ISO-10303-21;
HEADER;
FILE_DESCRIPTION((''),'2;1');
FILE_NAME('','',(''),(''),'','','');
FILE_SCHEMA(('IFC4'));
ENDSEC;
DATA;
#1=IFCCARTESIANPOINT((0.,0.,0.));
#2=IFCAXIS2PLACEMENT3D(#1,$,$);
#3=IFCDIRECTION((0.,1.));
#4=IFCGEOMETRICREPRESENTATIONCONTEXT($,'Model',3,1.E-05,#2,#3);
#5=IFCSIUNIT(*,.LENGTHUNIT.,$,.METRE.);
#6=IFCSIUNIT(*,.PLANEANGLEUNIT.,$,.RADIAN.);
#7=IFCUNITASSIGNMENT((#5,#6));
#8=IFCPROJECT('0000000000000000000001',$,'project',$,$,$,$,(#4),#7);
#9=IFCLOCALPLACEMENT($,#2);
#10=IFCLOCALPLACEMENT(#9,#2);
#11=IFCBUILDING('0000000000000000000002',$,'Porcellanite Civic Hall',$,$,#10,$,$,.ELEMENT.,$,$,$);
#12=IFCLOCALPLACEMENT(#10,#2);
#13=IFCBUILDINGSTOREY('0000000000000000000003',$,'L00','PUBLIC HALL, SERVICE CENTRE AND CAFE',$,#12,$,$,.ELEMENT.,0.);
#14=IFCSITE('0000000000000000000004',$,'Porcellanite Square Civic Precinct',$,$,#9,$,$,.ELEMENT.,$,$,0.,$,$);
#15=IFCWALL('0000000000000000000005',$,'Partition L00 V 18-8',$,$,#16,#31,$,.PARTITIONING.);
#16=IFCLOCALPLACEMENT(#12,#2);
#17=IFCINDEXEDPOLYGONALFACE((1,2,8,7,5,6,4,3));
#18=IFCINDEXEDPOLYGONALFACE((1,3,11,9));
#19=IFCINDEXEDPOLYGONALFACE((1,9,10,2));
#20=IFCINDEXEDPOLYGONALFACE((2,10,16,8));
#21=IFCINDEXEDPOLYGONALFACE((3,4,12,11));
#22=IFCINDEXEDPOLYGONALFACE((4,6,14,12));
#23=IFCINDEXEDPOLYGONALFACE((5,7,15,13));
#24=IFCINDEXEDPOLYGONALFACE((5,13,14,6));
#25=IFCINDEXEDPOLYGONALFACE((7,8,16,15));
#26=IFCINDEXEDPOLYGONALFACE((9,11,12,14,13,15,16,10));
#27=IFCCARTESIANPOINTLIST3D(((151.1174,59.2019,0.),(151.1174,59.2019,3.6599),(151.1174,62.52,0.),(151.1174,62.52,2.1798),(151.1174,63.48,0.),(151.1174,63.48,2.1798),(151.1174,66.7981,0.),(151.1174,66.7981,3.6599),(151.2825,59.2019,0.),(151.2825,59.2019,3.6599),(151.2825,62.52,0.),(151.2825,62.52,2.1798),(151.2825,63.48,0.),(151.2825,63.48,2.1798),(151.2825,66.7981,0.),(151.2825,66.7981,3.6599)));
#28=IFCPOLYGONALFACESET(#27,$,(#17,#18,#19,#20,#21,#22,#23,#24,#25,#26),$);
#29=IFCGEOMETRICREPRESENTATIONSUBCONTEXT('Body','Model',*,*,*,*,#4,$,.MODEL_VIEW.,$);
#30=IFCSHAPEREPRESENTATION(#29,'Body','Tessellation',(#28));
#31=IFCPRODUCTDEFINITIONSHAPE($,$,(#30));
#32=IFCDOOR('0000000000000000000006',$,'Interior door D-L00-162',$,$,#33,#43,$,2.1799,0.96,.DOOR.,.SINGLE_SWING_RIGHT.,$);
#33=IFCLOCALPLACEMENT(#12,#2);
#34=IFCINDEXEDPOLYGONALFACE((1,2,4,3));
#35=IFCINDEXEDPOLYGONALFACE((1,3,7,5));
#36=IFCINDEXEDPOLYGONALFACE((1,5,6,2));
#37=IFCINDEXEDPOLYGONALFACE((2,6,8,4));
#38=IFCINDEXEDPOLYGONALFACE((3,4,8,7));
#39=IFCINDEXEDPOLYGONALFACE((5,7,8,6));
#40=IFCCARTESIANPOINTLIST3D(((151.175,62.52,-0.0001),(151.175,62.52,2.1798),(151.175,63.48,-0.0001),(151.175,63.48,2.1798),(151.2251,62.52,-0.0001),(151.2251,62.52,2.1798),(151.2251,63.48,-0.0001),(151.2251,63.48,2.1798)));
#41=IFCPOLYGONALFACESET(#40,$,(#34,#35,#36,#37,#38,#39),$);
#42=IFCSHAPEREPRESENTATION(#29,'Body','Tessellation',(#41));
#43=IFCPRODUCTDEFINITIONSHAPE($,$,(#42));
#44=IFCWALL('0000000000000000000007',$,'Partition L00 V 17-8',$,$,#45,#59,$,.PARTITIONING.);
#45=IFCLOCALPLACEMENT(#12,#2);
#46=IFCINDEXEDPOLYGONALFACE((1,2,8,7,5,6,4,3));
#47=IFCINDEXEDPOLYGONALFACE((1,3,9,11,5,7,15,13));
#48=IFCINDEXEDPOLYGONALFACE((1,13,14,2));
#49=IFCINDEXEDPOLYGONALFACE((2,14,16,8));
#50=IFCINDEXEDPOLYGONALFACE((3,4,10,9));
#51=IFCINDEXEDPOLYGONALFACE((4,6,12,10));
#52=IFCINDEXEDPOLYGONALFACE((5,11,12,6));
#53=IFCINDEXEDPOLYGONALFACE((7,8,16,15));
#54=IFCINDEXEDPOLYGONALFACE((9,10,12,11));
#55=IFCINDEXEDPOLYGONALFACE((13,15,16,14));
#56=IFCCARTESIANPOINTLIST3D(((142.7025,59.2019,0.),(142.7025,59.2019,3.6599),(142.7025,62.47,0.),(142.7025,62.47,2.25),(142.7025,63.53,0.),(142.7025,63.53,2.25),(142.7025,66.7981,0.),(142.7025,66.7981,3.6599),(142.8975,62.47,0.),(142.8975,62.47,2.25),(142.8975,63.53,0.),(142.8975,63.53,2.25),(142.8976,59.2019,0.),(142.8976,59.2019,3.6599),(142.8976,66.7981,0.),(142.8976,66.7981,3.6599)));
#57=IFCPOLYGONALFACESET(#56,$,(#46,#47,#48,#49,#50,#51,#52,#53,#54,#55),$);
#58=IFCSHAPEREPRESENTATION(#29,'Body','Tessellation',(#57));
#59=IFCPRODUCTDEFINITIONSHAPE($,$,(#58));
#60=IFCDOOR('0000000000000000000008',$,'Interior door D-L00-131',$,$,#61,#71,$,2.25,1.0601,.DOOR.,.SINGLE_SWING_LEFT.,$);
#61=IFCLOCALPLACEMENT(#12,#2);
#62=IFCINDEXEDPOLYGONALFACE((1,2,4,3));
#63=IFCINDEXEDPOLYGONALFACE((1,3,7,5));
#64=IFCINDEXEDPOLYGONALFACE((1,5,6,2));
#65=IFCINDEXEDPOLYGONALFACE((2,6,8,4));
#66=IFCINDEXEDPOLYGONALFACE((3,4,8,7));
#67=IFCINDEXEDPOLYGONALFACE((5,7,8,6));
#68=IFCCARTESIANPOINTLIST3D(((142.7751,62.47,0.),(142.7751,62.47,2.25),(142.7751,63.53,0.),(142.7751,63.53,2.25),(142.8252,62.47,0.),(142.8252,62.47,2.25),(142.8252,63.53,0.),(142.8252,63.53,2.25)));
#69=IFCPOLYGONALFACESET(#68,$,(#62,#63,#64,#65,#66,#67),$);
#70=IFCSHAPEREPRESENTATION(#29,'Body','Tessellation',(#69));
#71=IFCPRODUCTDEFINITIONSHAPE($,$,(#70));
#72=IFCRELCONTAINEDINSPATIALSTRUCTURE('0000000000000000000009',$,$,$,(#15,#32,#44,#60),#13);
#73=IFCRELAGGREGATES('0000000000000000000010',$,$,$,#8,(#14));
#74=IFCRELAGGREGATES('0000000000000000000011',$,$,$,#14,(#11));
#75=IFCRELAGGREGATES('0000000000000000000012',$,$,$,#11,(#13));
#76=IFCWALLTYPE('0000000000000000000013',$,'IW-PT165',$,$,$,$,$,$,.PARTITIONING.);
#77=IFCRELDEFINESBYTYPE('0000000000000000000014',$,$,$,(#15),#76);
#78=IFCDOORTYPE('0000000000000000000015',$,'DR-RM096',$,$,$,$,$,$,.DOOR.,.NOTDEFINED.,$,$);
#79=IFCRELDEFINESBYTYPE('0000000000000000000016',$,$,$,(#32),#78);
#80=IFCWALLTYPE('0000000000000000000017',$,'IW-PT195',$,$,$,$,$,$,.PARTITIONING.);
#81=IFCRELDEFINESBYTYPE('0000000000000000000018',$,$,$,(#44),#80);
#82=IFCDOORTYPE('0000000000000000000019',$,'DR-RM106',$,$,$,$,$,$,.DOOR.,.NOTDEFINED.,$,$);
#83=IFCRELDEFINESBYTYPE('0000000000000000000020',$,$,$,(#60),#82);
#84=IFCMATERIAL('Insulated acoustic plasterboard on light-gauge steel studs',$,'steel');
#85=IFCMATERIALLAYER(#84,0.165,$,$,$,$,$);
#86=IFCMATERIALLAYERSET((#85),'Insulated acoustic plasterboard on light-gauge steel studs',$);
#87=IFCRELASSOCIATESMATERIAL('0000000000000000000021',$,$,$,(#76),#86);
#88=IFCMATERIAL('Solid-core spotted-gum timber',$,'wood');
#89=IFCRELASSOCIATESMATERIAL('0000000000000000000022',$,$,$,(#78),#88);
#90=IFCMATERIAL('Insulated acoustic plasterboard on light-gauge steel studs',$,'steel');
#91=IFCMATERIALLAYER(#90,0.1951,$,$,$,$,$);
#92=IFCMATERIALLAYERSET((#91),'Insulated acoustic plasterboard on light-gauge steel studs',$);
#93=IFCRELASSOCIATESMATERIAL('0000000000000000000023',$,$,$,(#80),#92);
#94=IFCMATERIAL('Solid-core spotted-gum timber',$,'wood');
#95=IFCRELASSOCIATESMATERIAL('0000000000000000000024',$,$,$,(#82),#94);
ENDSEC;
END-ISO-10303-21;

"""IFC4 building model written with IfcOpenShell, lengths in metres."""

from ifc_helpers import new_model, si_unit, direction, frame, frame_2d, origin, place, context, subcontext, project, spatial, rectangle, extrude, material, layer, layer_set, type_object, element, fill, save


model = new_model("IFC4")

# Units and contexts
model_context = context("Model", 3, precision=1e-05, world=origin(), true_north=direction((0.0, 1.0)))
body_context = subcontext(model_context, "Body", "Model", "MODEL_VIEW")
ifc_project = project(units=[si_unit("LENGTHUNIT", "METRE"), si_unit("PLANEANGLEUNIT", "RADIAN")], contexts=[model_context])

# Site, building, storey
site_placement = place(None, origin())
site = spatial("IfcSite", under=ifc_project, at=site_placement, Name="Porcellanite Square Civic Precinct", CompositionType="ELEMENT", RefElevation=0.0)
building_placement = place(site_placement, origin())
building = spatial("IfcBuilding", under=site, at=building_placement, Name="Porcellanite Civic Hall", CompositionType="ELEMENT")
storey_placement = place(building_placement, origin())
storey = spatial("IfcBuildingStorey", under=building, at=storey_placement, Name="L00", Description="PUBLIC HALL, SERVICE CENTRE AND CAFE", CompositionType="ELEMENT", Elevation=0.0)

# Walls, openings, doors
ifc_material_1 = material(Name="Insulated acoustic plasterboard on light-gauge steel studs", Category="steel")
ifc_layer_1 = layer(ifc_material_1, 0.165)
ifc_layer_set_1 = layer_set([ifc_layer_1], Name="Insulated acoustic plasterboard on light-gauge steel studs")
wall_type_1 = type_object("IfcWallType", Name="IW-PT165", PredefinedType="PARTITIONING", material=ifc_layer_set_1)
wall_1_placement = place(storey_placement, frame((151.2, 59.2019, 0.0), z_axis=(0.0, 0.0, 1.0), x_axis=(0.0, 1.0, 0.0)))
wall_1 = element("IfcWall", 1, at=wall_1_placement, inside=storey, type_object=wall_type_1, Name="Partition L00 V 18-8", PredefinedType="PARTITIONING", context=body_context, shape_type="SweptSolid", body=[
    extrude(rectangle(XDim=7.5962, YDim=0.165, at=frame_2d((3.7981, 0.0))), origin(), (0.0, 0.0, 1.0), 3.6599),
])
opening_1_placement = place(wall_1_placement, frame((3.3181, 0.0, 0.0)))
opening_1 = element("IfcOpeningElement", 2, at=opening_1_placement, cuts=wall_1, PredefinedType="OPENING", context=body_context, shape_type="SweptSolid", body=[
    extrude(rectangle(XDim=0.96, YDim=2.1799, at=frame_2d((0.48, 1.0898))), frame((0.0, 0.0825, 0.0), z_axis=(0.0, -1.0, 0.0), x_axis=(1.0, 0.0, 0.0)), (0.0, 0.0, 1.0), 0.165),
])
ifc_material_2 = material(Name="Solid-core spotted-gum timber", Category="wood")
door_type_1 = type_object("IfcDoorType", Name="DR-RM096", OperationType="NOTDEFINED", PredefinedType="DOOR", material=ifc_material_2)
door_1_placement = place(opening_1_placement, origin())
door_1 = element("IfcDoor", 3, at=door_1_placement, inside=storey, type_object=door_type_1, Name="Interior door D-L00-162", OperationType="SINGLE_SWING_RIGHT", OverallHeight=2.1799, OverallWidth=0.96, PredefinedType="DOOR", context=body_context, shape_type="SweptSolid", body=[
    extrude(rectangle(XDim=0.96, YDim=2.1799, at=frame_2d((0.48, 1.0898))), frame((0.0, 0.0249, 0.0), z_axis=(0.0, -1.0, 0.0), x_axis=(1.0, 0.0, 0.0)), (0.0, 0.0, 1.0), 0.05),
])
fill(opening_1, door_1)
ifc_material_3 = material(Name="Insulated acoustic plasterboard on light-gauge steel studs", Category="steel")
ifc_layer_2 = layer(ifc_material_3, 0.1951)
ifc_layer_set_2 = layer_set([ifc_layer_2], Name="Insulated acoustic plasterboard on light-gauge steel studs")
wall_type_2 = type_object("IfcWallType", Name="IW-PT195", PredefinedType="PARTITIONING", material=ifc_layer_set_2)
wall_2_placement = place(storey_placement, frame((142.8, 59.2019, 0.0), z_axis=(0.0, 0.0, 1.0), x_axis=(0.0, 1.0, 0.0)))
wall_2 = element("IfcWall", 4, at=wall_2_placement, inside=storey, type_object=wall_type_2, Name="Partition L00 V 17-8", PredefinedType="PARTITIONING", context=body_context, shape_type="SweptSolid", body=[
    extrude(rectangle(XDim=7.5962, YDim=0.1951, at=frame_2d((3.7981, 0.0))), origin(), (0.0, 0.0, 1.0), 3.6599),
])
opening_2_placement = place(wall_2_placement, frame((3.2681, 0.0, 0.0)))
opening_2 = element("IfcOpeningElement", 5, at=opening_2_placement, cuts=wall_2, PredefinedType="OPENING", context=body_context, shape_type="SweptSolid", body=[
    extrude(rectangle(XDim=1.0601, YDim=2.25, at=frame_2d((0.53, 1.125))), frame((0.0, 0.0977, 0.0), z_axis=(0.0, -1.0, 0.0), x_axis=(1.0, 0.0, 0.0)), (0.0, 0.0, 1.0), 0.1951),
])
ifc_material_4 = material(Name="Solid-core spotted-gum timber", Category="wood")
door_type_2 = type_object("IfcDoorType", Name="DR-RM106", OperationType="NOTDEFINED", PredefinedType="DOOR", material=ifc_material_4)
door_2_placement = place(opening_2_placement, origin())
door_2 = element("IfcDoor", 6, at=door_2_placement, inside=storey, type_object=door_type_2, Name="Interior door D-L00-131", OperationType="SINGLE_SWING_LEFT", OverallHeight=2.25, OverallWidth=1.0601, PredefinedType="DOOR", context=body_context, shape_type="SweptSolid", body=[
    extrude(rectangle(XDim=1.0601, YDim=2.25, at=frame_2d((0.53, 1.125))), frame((0.0, 0.0249, 0.0), z_axis=(0.0, -1.0, 0.0), x_axis=(1.0, 0.0, 0.0)), (0.0, 0.0, 1.0), 0.05),
])
fill(opening_2, door_2)

save(model, "model.ifc")
